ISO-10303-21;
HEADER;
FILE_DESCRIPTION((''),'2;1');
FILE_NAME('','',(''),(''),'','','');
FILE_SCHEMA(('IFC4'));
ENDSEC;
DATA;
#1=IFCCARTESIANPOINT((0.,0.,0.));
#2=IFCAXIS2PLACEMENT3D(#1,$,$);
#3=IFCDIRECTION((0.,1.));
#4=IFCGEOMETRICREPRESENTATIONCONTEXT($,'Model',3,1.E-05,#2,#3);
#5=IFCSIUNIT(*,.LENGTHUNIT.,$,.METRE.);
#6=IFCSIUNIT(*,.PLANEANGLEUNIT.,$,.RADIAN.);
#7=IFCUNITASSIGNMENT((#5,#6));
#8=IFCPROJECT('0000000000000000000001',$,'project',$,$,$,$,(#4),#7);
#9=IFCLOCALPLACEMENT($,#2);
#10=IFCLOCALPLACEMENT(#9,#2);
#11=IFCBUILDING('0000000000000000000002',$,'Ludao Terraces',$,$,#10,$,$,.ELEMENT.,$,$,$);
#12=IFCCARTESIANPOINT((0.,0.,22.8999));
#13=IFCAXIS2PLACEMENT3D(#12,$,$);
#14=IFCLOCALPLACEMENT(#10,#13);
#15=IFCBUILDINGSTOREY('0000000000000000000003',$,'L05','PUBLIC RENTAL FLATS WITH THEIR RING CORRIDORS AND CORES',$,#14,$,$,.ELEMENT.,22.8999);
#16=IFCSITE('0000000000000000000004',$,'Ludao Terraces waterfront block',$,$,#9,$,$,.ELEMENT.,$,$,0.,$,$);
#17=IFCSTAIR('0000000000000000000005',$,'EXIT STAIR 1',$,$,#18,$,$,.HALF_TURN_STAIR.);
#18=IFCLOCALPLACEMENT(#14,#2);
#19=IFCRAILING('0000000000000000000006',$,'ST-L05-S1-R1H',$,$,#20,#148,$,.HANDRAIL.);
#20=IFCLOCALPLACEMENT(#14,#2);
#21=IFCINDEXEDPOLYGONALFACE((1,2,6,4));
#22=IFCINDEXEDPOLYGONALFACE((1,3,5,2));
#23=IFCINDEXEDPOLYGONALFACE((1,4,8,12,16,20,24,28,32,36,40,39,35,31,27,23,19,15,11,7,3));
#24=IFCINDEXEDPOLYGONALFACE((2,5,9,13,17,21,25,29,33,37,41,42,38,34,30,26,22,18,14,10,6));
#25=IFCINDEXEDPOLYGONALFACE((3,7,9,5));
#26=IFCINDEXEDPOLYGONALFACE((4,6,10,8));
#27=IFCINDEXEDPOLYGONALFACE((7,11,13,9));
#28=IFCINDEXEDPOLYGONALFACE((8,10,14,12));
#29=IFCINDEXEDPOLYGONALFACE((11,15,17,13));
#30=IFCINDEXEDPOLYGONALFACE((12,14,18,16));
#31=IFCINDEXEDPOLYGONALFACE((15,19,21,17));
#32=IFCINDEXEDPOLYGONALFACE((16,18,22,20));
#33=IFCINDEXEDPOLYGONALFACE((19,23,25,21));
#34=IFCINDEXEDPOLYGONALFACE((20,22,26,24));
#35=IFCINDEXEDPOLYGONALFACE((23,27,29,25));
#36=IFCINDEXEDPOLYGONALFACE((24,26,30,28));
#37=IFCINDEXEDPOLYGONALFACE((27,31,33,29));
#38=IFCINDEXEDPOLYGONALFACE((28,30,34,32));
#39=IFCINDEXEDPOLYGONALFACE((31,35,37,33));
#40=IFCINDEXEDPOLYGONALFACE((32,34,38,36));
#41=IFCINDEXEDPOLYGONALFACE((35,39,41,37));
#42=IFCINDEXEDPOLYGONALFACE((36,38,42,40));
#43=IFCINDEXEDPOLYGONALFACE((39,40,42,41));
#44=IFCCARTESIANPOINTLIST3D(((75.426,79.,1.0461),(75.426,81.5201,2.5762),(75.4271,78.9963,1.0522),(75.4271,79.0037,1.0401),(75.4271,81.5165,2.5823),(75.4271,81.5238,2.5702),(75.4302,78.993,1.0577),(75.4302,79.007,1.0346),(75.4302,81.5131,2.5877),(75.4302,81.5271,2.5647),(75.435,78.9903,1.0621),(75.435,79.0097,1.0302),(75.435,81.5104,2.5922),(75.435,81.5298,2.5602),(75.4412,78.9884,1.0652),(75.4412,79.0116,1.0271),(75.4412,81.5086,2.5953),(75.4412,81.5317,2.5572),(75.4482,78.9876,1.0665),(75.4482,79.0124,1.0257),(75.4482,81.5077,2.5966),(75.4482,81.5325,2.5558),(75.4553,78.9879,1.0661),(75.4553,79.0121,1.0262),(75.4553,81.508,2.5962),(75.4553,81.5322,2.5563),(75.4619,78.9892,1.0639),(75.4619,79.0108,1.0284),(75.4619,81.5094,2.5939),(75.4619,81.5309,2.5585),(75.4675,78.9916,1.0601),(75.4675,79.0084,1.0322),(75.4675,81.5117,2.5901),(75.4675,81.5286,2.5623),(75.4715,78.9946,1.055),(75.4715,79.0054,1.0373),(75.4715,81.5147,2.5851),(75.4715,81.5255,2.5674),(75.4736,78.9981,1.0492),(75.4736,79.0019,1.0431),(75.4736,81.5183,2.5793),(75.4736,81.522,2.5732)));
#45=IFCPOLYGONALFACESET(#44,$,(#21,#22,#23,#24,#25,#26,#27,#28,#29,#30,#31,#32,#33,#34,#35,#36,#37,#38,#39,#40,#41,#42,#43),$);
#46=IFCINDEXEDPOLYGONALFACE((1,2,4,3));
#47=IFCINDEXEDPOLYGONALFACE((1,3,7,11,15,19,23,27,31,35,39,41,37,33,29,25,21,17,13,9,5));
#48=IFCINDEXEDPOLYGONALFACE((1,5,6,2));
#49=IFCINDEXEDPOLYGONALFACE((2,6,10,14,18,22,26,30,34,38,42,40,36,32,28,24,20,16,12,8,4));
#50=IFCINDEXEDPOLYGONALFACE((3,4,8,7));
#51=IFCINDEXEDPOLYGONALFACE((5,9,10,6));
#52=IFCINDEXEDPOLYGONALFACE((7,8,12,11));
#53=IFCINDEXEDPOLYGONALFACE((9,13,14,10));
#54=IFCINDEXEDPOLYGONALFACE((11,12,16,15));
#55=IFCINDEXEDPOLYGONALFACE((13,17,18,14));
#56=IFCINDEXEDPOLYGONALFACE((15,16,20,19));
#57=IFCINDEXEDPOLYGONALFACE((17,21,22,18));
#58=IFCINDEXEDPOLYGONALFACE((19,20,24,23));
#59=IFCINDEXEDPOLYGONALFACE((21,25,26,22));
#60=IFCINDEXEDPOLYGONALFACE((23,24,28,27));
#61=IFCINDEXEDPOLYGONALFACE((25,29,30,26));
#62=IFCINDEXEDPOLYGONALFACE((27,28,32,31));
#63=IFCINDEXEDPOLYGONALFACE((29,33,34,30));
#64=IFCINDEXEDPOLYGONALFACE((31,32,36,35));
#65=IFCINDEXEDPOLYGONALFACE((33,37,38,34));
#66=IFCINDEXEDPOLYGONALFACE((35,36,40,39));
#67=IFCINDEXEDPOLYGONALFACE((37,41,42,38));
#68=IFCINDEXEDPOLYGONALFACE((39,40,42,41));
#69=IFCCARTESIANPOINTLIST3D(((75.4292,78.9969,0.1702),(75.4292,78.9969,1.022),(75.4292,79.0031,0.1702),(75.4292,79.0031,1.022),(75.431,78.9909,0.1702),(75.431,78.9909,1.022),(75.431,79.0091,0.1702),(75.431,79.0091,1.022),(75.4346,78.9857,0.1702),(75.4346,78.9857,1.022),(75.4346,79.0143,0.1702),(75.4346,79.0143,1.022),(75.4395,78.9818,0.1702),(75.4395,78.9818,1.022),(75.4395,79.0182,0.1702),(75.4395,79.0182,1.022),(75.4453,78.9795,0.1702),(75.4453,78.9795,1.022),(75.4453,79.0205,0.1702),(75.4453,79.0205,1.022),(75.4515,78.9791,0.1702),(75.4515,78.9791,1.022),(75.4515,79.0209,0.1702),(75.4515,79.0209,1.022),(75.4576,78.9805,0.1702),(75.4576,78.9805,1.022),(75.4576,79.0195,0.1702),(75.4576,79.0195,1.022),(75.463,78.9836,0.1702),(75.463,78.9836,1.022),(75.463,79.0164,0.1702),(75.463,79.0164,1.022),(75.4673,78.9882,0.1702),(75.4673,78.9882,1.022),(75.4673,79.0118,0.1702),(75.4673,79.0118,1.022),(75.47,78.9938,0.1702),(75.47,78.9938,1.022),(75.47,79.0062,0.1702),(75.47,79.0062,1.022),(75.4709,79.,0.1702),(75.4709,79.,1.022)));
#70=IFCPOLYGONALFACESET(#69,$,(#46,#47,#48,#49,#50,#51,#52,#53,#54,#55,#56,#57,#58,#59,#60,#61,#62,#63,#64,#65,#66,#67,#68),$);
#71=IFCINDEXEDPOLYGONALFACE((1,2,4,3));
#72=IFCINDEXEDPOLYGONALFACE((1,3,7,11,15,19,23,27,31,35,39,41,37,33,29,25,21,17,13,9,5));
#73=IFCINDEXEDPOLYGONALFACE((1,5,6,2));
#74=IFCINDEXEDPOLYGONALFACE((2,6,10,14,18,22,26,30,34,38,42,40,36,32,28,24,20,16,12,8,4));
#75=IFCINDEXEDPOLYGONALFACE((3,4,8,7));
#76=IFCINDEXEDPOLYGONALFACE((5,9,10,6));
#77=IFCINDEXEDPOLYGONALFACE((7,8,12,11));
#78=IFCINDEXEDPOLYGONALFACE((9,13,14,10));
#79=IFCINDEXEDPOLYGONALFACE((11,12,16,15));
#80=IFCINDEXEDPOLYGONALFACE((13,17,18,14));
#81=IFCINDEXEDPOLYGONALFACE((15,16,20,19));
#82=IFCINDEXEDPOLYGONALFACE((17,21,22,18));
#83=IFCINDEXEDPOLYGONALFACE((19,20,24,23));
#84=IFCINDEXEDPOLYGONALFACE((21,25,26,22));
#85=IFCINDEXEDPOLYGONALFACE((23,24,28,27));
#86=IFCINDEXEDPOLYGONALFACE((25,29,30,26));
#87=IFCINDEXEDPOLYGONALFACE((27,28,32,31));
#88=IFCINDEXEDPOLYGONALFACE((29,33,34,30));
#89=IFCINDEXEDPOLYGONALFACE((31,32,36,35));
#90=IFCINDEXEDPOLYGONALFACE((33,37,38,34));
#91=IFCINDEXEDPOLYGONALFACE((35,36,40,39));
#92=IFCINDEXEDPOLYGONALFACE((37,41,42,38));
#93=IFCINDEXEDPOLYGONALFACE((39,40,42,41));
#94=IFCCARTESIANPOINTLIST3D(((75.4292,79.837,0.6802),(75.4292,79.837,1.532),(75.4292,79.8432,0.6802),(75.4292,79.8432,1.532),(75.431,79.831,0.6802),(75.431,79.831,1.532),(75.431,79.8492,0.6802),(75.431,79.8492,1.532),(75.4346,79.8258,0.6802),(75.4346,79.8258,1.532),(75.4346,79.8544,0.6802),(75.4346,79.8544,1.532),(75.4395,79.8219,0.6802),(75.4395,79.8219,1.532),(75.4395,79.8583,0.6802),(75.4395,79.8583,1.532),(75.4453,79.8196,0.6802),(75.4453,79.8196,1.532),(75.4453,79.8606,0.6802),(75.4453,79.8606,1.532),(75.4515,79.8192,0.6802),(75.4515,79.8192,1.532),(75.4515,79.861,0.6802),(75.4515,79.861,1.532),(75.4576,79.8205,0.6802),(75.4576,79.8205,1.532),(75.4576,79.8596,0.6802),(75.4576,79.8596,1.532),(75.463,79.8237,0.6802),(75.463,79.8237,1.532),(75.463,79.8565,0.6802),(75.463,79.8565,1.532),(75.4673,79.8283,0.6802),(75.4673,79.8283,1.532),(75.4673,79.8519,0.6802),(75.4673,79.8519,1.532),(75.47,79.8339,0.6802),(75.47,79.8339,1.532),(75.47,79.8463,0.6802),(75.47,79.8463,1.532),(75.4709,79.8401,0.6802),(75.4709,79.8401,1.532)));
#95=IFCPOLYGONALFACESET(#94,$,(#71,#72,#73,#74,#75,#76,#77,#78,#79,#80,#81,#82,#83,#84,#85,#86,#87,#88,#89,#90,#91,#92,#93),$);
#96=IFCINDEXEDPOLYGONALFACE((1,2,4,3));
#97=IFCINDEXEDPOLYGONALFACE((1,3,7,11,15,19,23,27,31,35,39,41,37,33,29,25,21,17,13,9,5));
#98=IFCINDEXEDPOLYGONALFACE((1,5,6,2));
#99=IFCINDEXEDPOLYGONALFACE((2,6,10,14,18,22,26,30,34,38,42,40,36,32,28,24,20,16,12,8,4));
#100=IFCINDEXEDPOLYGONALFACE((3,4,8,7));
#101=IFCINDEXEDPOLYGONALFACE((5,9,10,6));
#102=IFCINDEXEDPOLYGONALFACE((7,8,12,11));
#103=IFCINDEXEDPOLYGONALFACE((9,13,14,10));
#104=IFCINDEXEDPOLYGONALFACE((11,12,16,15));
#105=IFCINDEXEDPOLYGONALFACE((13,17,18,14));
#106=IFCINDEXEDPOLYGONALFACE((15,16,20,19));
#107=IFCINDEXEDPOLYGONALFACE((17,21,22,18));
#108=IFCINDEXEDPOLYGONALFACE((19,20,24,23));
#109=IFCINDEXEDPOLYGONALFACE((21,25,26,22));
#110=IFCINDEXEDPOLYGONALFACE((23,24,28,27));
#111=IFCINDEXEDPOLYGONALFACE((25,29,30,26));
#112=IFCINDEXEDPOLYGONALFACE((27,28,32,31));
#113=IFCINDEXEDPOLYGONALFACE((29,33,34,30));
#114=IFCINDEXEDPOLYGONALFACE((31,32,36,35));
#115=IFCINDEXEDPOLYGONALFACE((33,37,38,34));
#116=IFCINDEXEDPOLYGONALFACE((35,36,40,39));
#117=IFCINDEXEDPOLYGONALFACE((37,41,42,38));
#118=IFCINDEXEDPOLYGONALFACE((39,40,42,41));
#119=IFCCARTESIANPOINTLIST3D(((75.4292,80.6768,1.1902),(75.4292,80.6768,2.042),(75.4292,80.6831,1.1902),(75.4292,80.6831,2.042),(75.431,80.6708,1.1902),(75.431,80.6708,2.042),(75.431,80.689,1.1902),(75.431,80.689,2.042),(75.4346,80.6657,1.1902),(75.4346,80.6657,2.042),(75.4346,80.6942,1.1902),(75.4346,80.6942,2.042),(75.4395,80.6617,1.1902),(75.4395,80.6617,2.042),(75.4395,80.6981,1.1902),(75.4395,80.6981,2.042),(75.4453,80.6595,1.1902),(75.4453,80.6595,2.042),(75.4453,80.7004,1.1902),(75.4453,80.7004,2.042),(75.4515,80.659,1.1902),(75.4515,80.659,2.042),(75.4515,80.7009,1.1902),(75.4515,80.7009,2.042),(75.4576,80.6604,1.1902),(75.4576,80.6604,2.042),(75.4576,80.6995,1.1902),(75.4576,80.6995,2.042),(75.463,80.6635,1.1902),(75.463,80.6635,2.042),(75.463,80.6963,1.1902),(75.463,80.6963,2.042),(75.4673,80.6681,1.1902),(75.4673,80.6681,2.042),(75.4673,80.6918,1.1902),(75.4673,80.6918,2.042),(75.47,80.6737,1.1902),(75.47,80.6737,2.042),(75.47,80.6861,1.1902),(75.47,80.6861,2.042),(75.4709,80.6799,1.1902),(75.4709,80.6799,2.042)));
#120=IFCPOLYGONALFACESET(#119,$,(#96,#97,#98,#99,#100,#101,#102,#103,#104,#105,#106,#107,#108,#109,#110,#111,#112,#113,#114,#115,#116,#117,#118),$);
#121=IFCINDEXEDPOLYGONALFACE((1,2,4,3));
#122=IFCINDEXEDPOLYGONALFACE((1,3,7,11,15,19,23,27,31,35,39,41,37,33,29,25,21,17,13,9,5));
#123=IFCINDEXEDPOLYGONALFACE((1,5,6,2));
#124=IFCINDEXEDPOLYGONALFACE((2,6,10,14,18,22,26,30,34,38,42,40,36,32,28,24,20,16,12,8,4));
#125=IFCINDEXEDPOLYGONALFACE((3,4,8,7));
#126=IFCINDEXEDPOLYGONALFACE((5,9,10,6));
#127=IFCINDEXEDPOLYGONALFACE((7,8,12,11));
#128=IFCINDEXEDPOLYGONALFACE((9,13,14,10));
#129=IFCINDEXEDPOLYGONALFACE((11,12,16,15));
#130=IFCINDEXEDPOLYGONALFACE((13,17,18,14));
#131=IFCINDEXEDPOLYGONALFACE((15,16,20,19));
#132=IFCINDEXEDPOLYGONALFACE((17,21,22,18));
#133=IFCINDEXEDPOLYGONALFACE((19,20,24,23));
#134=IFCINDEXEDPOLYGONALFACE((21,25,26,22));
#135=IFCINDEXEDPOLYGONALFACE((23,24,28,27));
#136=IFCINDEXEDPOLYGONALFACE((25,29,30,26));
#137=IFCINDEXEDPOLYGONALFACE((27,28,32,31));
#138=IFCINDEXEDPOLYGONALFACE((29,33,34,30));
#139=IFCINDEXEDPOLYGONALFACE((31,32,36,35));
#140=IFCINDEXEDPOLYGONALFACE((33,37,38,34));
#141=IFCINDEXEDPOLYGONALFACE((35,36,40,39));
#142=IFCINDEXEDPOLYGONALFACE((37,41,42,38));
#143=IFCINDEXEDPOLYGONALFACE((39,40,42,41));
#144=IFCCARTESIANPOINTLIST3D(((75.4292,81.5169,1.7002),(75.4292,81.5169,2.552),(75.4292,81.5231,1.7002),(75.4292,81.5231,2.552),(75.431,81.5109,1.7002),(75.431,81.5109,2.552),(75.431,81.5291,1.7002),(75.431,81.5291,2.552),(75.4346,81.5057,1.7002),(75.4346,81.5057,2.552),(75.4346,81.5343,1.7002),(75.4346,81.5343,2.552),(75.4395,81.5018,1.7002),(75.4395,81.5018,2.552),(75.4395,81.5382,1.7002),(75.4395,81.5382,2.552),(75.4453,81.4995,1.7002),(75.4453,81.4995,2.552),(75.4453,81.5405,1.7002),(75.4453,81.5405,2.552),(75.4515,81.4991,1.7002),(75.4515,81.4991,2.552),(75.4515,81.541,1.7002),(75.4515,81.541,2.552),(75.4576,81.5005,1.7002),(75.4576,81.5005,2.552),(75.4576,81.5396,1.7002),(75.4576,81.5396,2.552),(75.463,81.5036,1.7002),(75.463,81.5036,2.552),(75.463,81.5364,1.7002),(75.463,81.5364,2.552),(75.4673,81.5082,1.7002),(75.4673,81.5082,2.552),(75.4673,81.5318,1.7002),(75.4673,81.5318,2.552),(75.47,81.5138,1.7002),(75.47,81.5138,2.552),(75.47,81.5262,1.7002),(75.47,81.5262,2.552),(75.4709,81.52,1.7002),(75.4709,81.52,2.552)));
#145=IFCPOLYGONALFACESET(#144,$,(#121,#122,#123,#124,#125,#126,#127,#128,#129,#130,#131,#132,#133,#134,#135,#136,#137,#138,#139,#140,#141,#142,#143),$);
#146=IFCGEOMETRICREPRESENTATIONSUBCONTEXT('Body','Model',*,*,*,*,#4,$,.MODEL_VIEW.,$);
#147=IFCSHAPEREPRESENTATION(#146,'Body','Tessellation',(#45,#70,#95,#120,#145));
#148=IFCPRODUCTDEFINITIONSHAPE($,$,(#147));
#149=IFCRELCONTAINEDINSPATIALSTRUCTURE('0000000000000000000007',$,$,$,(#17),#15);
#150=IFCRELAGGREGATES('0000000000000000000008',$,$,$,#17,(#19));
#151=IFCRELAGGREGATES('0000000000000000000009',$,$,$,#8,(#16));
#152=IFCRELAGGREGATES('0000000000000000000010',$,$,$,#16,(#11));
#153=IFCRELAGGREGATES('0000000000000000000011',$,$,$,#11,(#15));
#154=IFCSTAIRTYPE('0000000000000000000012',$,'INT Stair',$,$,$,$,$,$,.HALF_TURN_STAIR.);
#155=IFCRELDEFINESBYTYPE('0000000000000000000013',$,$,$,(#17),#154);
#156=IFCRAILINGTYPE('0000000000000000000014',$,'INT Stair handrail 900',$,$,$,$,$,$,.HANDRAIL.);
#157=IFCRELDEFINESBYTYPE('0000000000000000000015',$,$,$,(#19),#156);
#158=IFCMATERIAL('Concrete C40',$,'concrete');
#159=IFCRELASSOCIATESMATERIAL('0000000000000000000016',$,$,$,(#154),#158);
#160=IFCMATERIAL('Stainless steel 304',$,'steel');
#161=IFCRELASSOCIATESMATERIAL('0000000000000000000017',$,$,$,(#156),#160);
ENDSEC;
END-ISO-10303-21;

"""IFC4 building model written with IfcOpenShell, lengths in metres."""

from ifc_helpers import new_model, si_unit, direction, frame, origin, origin_2d, place, context, subcontext, project, spatial, circle, extrude, material, type_object, element, aggregate, save


model = new_model("IFC4")

# Units and contexts
model_context = context("Model", 3, precision=1e-05, world=origin(), true_north=direction((0.0, 1.0)))
body_context = subcontext(model_context, "Body", "Model", "MODEL_VIEW")
ifc_project = project(units=[si_unit("LENGTHUNIT", "METRE"), si_unit("PLANEANGLEUNIT", "RADIAN")], contexts=[model_context])

# Site, building, storey
site_placement = place(None, origin())
site = spatial("IfcSite", under=ifc_project, at=site_placement, Name="Ludao Terraces waterfront block", CompositionType="ELEMENT", RefElevation=0.0)
building_placement = place(site_placement, origin())
building = spatial("IfcBuilding", under=site, at=building_placement, Name="Ludao Terraces", CompositionType="ELEMENT")
storey_placement = place(building_placement, frame((0.0, 0.0, 22.8999)))
storey = spatial("IfcBuildingStorey", under=building, at=storey_placement, Name="L05", Description="PUBLIC RENTAL FLATS WITH THEIR RING CORRIDORS AND CORES", CompositionType="ELEMENT", Elevation=22.8999)

# Stair, railing
ifc_material_1 = material(Name="Concrete C40", Category="concrete")
stair_type = type_object("IfcStairType", Name="INT Stair", PredefinedType="HALF_TURN_STAIR", material=ifc_material_1)
stair_placement = place(storey_placement, origin())
stair = element("IfcStair", 1, at=stair_placement, inside=storey, type_object=stair_type, Name="EXIT STAIR 1", PredefinedType="HALF_TURN_STAIR")
ifc_material_2 = material(Name="Stainless steel 304", Category="steel")
railing_type_1 = type_object("IfcRailingType", Name="INT Stair handrail 900", PredefinedType="HANDRAIL", material=ifc_material_2)
railing_1_placement = place(storey_placement, frame((75.45, 79.0, 0.1702)))
railing_1 = element("IfcRailing", 2, at=railing_1_placement, type_object=railing_type_1, Name="ST-L05-S1-R1H", PredefinedType="HANDRAIL", context=body_context, shape_type="SweptSolid", body=[
    extrude(circle(Radius=0.0239, at=origin_2d()), frame((0.0, 0.0, 0.876), z_axis=(0.0, 0.854785, 0.518982), x_axis=(-1.0, 0.0, 0.0)), (0.0, 0.0, 1.0), 2.9482),
    extrude(circle(Radius=0.021, at=origin_2d()), origin(), (0.0, 0.0, 1.0), 0.8518),
    extrude(circle(Radius=0.021, at=origin_2d()), frame((0.0, 0.8401, 0.51)), (0.0, 0.0, 1.0), 0.8518),
    extrude(circle(Radius=0.021, at=origin_2d()), frame((0.0, 1.6799, 1.02)), (0.0, 0.0, 1.0), 0.8518),
    extrude(circle(Radius=0.021, at=origin_2d()), frame((0.0, 2.52, 1.53)), (0.0, 0.0, 1.0), 0.8518),
])
aggregate(stair, [railing_1])

save(model, "model.ifc")
